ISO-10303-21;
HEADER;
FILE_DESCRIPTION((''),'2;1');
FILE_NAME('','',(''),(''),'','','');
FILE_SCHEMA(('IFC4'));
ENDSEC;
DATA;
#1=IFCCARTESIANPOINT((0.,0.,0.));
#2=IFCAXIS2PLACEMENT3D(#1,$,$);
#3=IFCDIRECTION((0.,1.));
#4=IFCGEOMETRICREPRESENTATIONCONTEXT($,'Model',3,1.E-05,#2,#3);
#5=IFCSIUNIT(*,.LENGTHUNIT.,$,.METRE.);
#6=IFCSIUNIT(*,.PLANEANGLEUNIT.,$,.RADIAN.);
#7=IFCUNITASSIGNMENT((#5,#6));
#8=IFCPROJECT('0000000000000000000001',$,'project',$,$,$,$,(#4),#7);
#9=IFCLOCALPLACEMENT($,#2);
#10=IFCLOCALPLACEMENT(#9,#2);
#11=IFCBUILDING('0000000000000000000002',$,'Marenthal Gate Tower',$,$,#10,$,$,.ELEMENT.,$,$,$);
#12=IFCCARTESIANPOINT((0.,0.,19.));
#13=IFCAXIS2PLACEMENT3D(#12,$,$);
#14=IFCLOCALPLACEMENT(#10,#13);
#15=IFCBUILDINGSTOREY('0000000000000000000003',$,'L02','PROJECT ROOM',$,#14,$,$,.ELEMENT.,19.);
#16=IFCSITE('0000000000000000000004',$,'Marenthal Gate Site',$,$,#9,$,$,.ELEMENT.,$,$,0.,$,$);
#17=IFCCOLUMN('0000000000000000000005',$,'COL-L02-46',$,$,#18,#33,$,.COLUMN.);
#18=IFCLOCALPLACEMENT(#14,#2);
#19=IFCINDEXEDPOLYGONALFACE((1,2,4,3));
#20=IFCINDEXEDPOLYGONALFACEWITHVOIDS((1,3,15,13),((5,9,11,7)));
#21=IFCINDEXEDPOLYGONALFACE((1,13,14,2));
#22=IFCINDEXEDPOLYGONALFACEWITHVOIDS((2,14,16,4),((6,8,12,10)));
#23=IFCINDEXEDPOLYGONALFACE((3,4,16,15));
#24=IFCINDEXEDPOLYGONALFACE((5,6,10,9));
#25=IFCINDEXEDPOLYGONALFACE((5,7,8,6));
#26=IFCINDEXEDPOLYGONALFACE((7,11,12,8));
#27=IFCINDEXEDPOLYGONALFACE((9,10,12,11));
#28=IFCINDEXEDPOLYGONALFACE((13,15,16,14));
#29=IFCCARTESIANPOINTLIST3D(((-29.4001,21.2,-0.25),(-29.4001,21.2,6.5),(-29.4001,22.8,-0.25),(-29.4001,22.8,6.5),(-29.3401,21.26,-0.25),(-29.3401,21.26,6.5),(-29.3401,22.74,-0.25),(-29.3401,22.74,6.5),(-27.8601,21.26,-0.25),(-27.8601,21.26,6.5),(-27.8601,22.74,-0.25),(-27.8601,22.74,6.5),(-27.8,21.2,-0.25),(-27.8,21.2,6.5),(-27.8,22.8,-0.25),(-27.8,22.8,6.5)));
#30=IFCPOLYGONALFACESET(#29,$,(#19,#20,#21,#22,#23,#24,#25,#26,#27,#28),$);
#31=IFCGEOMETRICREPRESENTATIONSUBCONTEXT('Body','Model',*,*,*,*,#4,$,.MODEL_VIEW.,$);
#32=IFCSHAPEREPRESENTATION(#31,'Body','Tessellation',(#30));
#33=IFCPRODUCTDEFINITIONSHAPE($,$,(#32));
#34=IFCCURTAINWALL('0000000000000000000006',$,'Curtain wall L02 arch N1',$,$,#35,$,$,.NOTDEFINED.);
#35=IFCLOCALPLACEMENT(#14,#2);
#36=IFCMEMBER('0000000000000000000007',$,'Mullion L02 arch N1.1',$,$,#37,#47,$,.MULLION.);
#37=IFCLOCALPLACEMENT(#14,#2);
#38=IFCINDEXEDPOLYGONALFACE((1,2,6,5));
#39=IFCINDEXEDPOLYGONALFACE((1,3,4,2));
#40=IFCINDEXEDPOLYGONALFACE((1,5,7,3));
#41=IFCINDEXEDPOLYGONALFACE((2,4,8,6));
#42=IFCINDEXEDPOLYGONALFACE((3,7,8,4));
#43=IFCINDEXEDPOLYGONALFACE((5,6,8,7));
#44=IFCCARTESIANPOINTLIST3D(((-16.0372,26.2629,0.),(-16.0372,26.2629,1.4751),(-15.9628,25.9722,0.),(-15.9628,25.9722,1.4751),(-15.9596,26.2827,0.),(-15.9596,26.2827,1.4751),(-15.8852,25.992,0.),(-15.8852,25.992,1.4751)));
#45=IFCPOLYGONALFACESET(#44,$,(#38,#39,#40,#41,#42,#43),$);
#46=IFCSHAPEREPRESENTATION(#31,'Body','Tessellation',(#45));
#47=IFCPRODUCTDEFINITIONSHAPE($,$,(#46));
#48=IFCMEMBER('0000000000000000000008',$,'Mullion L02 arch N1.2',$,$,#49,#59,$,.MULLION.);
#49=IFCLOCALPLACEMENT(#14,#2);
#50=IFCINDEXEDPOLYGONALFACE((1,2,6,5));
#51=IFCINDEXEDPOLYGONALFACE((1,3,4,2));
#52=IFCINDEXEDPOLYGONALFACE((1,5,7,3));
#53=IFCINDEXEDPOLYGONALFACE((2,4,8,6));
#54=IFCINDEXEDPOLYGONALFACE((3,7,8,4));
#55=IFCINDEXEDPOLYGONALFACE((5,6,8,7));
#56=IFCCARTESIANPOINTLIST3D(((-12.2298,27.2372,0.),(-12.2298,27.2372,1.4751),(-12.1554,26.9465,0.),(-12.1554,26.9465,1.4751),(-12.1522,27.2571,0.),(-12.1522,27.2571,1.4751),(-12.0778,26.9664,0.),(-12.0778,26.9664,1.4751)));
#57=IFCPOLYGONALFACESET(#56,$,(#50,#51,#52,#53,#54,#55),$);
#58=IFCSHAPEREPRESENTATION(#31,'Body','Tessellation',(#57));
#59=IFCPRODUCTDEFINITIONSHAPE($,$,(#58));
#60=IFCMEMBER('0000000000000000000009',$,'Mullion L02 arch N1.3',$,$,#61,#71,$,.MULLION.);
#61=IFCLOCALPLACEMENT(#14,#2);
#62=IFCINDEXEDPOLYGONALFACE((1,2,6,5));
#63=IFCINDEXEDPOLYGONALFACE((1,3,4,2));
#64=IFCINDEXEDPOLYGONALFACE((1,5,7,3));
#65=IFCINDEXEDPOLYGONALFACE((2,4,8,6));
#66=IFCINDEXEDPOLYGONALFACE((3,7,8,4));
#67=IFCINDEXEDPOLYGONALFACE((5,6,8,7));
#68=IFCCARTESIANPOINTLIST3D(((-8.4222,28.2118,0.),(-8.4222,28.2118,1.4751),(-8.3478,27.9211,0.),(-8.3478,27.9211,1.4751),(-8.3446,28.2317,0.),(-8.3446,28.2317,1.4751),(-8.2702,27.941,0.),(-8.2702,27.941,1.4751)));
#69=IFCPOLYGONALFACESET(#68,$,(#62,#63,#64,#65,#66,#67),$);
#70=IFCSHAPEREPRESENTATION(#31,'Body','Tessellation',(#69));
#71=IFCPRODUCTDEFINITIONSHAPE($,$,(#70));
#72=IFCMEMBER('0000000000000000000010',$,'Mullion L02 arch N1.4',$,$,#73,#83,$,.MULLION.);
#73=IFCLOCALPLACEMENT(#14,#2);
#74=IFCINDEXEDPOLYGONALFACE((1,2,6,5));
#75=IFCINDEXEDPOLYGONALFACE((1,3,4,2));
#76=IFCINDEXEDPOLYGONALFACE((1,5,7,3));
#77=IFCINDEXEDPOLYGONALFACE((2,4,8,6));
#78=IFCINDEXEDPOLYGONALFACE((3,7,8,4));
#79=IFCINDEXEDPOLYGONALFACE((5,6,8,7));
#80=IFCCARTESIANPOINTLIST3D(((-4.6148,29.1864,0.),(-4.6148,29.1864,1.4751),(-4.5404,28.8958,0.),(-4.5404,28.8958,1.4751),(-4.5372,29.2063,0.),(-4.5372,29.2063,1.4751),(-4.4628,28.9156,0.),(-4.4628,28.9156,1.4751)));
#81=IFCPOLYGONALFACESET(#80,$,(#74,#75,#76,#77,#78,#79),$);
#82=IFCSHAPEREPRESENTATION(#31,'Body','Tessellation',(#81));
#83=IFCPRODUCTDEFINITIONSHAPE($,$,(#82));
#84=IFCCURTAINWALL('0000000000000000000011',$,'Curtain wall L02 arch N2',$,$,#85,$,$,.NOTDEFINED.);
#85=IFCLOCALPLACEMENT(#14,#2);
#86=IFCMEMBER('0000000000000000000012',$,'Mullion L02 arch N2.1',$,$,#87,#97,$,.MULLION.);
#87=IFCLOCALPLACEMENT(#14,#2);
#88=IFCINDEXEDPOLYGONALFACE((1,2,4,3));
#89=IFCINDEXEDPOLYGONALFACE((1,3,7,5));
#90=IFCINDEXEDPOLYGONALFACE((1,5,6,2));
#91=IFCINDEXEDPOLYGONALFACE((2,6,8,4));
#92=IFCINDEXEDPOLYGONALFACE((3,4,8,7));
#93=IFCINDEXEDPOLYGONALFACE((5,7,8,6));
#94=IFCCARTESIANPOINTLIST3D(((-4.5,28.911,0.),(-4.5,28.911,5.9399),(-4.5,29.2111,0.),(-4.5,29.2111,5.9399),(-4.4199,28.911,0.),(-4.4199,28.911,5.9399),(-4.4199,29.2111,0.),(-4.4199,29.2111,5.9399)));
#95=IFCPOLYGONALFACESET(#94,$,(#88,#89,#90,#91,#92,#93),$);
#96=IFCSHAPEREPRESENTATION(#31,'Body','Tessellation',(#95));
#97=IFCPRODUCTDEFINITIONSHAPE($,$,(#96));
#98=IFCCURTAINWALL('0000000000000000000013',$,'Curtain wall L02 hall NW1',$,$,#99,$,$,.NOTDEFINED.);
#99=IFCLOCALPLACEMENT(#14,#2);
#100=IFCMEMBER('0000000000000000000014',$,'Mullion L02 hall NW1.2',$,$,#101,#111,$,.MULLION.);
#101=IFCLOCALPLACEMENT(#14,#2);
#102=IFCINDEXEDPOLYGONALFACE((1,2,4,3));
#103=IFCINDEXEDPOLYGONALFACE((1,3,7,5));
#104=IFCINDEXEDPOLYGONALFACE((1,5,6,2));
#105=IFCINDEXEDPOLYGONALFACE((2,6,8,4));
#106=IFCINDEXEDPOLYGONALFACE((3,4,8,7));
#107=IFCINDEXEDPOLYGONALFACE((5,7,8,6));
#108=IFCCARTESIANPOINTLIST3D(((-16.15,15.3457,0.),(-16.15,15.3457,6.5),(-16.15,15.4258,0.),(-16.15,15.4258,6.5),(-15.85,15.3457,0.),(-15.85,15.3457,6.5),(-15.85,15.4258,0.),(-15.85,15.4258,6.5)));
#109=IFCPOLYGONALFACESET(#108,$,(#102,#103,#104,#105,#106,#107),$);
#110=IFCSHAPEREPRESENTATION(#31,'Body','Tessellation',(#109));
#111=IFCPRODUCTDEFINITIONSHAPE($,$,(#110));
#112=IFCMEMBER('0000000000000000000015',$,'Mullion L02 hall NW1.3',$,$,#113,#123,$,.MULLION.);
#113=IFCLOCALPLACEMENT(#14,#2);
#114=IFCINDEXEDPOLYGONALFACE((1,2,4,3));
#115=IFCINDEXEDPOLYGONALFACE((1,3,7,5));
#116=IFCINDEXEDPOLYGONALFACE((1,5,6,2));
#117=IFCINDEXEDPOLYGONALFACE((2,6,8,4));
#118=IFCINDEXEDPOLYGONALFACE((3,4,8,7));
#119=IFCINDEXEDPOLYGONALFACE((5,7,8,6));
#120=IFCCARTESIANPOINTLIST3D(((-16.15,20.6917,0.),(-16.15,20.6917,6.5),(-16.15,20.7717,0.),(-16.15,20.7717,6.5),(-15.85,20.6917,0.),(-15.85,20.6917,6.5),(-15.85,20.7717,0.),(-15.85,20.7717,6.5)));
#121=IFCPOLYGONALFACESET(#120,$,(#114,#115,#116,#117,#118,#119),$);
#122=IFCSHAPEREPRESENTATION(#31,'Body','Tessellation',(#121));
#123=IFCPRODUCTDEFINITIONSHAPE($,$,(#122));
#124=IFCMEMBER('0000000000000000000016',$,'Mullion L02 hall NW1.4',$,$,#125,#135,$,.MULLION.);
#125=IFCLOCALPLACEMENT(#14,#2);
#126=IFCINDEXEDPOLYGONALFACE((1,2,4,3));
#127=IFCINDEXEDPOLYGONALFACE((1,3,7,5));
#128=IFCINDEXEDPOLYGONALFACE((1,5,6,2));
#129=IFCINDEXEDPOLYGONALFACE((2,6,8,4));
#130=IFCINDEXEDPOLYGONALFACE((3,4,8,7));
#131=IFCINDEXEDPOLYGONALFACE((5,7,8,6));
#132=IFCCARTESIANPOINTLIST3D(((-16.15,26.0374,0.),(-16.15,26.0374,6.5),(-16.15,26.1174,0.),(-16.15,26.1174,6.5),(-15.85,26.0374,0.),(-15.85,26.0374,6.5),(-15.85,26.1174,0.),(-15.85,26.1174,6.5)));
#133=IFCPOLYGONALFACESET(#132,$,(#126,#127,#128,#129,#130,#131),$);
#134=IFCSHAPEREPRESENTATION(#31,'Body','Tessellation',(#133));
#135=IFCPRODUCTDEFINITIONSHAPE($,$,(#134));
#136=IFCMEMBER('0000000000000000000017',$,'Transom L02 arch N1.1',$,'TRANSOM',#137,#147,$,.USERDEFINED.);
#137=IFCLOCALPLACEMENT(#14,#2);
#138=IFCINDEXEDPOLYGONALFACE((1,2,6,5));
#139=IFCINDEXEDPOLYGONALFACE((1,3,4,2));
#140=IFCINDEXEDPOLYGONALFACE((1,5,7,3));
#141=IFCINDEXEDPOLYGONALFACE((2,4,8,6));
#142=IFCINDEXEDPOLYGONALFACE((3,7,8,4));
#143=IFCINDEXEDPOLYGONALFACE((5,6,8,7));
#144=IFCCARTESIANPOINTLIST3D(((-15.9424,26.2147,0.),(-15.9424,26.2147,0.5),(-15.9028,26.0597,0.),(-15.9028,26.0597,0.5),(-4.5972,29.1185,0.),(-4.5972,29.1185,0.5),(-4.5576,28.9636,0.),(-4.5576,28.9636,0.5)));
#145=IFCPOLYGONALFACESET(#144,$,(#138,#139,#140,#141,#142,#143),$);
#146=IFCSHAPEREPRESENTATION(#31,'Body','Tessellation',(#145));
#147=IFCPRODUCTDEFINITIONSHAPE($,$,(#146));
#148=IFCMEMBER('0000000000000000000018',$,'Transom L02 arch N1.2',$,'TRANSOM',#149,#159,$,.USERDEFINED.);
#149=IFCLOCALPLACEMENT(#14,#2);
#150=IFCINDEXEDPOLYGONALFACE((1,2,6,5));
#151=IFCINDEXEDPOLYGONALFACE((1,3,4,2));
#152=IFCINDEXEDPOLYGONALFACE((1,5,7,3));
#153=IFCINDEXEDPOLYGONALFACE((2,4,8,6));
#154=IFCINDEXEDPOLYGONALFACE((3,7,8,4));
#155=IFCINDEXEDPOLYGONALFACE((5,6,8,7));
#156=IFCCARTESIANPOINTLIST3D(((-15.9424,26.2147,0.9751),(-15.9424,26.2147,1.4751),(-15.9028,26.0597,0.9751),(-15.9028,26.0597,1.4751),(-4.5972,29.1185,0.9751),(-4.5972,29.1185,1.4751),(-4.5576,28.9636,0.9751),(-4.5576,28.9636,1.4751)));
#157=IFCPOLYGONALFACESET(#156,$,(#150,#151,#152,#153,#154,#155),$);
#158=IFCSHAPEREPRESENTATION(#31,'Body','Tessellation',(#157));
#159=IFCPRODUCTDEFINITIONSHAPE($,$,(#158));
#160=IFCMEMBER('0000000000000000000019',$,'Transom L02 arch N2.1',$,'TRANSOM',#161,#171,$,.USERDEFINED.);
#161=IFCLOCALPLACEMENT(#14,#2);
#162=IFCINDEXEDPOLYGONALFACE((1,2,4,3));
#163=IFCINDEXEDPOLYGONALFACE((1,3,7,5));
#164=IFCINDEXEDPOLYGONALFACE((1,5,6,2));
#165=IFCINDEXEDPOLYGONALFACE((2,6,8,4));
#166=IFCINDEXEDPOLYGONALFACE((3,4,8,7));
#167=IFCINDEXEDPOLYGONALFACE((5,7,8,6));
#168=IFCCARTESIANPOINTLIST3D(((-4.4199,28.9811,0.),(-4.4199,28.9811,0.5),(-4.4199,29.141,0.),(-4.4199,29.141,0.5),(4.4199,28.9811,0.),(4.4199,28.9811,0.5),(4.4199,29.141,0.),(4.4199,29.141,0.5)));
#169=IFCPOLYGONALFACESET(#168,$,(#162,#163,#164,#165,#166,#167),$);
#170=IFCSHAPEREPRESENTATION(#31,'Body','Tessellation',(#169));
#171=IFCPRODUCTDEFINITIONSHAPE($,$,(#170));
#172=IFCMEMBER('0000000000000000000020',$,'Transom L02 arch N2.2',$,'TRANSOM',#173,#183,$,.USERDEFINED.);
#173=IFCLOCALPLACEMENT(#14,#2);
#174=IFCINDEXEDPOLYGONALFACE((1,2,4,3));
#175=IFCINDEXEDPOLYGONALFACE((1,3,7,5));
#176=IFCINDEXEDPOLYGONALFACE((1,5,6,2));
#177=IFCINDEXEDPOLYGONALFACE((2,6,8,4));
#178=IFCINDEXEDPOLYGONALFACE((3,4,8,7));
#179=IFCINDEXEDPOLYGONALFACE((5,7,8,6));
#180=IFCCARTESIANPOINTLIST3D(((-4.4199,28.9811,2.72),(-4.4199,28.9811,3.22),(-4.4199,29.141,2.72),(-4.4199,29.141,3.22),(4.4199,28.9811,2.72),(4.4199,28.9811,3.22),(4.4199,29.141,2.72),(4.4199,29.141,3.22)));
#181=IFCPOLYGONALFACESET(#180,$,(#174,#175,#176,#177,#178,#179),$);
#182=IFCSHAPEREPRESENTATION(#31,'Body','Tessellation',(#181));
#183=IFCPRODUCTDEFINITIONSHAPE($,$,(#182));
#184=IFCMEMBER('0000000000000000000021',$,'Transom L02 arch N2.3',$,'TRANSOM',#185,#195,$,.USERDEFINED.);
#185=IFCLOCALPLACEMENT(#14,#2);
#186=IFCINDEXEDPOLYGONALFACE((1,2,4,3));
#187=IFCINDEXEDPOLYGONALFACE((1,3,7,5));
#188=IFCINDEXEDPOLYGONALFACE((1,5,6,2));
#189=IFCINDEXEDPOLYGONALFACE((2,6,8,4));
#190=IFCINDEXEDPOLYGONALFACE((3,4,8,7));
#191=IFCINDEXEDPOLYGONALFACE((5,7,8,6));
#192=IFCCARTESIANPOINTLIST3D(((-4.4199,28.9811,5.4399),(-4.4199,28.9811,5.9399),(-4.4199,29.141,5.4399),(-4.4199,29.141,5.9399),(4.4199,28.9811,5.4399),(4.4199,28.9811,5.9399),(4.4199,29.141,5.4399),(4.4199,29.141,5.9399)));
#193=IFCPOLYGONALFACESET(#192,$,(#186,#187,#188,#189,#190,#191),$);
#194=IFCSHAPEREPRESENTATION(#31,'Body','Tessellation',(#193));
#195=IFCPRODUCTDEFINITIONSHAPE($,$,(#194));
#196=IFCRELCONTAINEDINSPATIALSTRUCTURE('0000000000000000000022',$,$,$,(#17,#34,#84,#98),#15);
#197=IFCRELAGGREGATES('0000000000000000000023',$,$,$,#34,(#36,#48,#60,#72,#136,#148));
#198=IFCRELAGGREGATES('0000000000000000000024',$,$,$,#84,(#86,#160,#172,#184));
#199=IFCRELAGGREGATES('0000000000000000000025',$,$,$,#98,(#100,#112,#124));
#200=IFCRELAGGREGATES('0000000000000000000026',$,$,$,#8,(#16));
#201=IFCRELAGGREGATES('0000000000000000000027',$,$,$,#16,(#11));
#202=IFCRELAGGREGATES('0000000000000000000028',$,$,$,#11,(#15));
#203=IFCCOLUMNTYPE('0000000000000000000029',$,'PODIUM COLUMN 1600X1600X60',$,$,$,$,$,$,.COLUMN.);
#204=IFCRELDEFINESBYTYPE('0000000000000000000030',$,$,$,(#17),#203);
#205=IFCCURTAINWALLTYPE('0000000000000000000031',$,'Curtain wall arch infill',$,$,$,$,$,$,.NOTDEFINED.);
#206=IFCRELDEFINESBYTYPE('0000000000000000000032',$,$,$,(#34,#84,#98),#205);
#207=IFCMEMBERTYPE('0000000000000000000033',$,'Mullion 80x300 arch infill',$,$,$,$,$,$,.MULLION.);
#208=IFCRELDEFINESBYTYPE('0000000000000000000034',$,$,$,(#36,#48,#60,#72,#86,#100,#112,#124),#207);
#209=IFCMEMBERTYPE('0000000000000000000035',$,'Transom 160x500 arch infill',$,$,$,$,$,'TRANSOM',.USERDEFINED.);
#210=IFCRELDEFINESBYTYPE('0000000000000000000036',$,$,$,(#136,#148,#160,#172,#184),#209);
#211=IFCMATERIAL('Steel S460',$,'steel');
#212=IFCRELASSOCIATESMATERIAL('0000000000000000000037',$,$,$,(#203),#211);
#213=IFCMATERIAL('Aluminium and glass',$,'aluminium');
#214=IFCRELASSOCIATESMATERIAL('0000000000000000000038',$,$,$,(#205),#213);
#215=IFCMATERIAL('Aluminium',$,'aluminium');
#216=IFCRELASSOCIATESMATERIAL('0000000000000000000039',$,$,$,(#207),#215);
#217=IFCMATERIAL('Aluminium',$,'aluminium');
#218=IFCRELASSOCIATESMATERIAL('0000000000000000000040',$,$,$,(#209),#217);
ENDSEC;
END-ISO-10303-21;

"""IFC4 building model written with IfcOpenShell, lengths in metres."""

from ifc_helpers import new_model, si_unit, direction, frame, origin, origin_2d, place, context, subcontext, project, spatial, rectangle, hollow_rectangle, extrude, material, material_profile, profile_set, type_object, element, aggregate, save


model = new_model("IFC4")

# Units and contexts
model_context = context("Model", 3, precision=1e-05, world=origin(), true_north=direction((0.0, 1.0)))
body_context = subcontext(model_context, "Body", "Model", "MODEL_VIEW")
ifc_project = project(units=[si_unit("LENGTHUNIT", "METRE"), si_unit("PLANEANGLEUNIT", "RADIAN")], contexts=[model_context])

# Site, building, storey
site_placement = place(None, origin())
site = spatial("IfcSite", under=ifc_project, at=site_placement, Name="Marenthal Gate Site", CompositionType="ELEMENT", RefElevation=0.0)
building_placement = place(site_placement, origin())
building = spatial("IfcBuilding", under=site, at=building_placement, Name="Marenthal Gate Tower", CompositionType="ELEMENT")
storey_placement = place(building_placement, frame((0.0, 0.0, 19.0)))
storey = spatial("IfcBuildingStorey", under=building, at=storey_placement, Name="L02", Description="PROJECT ROOM", CompositionType="ELEMENT", Elevation=19.0)

# Column
ifc_material_1 = material(Name="Steel S460", Category="steel")
ifc_material_profile_1 = material_profile(ifc_material_1, hollow_rectangle(XDim=1.6001, YDim=1.6001, WallThickness=0.0601, at=origin_2d()), Name="CFT BOX 1600X1600X60")
ifc_material_2 = material(Name="Concrete 70 MPa", Category="concrete")
ifc_material_profile_2 = material_profile(ifc_material_2, rectangle(XDim=1.48, YDim=1.48, at=origin_2d()), Name="CFT BOX 1600X1600X60 INFILL")
ifc_profile_set_1 = profile_set([ifc_material_profile_1, ifc_material_profile_2], Name="Steel S460 shell, Concrete 70 MPa infill")
column_type = type_object("IfcColumnType", Name="PODIUM COLUMN 1600X1600X60", PredefinedType="COLUMN", material=ifc_profile_set_1)
column_placement = place(storey_placement, frame((-28.6001, 22.0, -0.25), z_axis=(0.0, 0.0, 1.0), x_axis=(1.0, 0.0, 0.0)))
element("IfcColumn", 1, at=column_placement, inside=storey, type_object=column_type, Name="COL-L02-46", PredefinedType="COLUMN", context=body_context, shape_type="SweptSolid", body=[
    extrude(hollow_rectangle(XDim=1.6001, YDim=1.6001, WallThickness=0.0601, at=origin_2d()), origin(), (0.0, 0.0, 1.0), 6.75),
])

# Curtain wall, members
ifc_material_3 = material(Name="Aluminium and glass", Category="aluminium")
curtain_wall_type = type_object("IfcCurtainWallType", Name="Curtain wall arch infill", PredefinedType="NOTDEFINED", material=ifc_material_3)
curtain_wall_1_placement = place(storey_placement, origin())
curtain_wall_1 = element("IfcCurtainWall", 2, at=curtain_wall_1_placement, inside=storey, type_object=curtain_wall_type, Name="Curtain wall L02 arch N1", PredefinedType="NOTDEFINED")
ifc_material_4 = material(Name="Aluminium", Category="aluminium")
ifc_material_profile_3 = material_profile(ifc_material_4, rectangle(XDim=0.3, YDim=0.0801, at=origin_2d()), Name="80x300 aluminium mullion")
ifc_profile_set_2 = profile_set([ifc_material_profile_3], Name="Aluminium")
member_type_1 = type_object("IfcMemberType", Name="Mullion 80x300 arch infill", PredefinedType="MULLION", material=ifc_profile_set_2)
member_1_placement = place(storey_placement, frame((-15.9612, 26.1274, 0.0), z_axis=(0.0, 0.0, 1.0), x_axis=(-0.247965, 0.968769, 0.0)))
member_1 = element("IfcMember", 3, at=member_1_placement, type_object=member_type_1, Name="Mullion L02 arch N1.1", PredefinedType="MULLION", context=body_context, shape_type="SweptSolid", body=[
    extrude(rectangle(XDim=0.3, YDim=0.0801, at=origin_2d()), origin(), (0.0, 0.0, 1.0), 1.4751),
])
member_2_placement = place(storey_placement, frame((-12.1538, 27.1018, 0.0), z_axis=(0.0, 0.0, 1.0), x_axis=(-0.247965, 0.968769, 0.0)))
member_2 = element("IfcMember", 4, at=member_2_placement, type_object=member_type_1, Name="Mullion L02 arch N1.2", PredefinedType="MULLION", context=body_context, shape_type="SweptSolid", body=[
    extrude(rectangle(XDim=0.3, YDim=0.0801, at=origin_2d()), origin(), (0.0, 0.0, 1.0), 1.4751),
])
member_3_placement = place(storey_placement, frame((-8.3462, 28.0764, 0.0), z_axis=(0.0, 0.0, 1.0), x_axis=(-0.247965, 0.968769, 0.0)))
member_3 = element("IfcMember", 5, at=member_3_placement, type_object=member_type_1, Name="Mullion L02 arch N1.3", PredefinedType="MULLION", context=body_context, shape_type="SweptSolid", body=[
    extrude(rectangle(XDim=0.3, YDim=0.0801, at=origin_2d()), origin(), (0.0, 0.0, 1.0), 1.4751),
])
member_4_placement = place(storey_placement, frame((-4.5388, 29.051, 0.0), z_axis=(0.0, 0.0, 1.0), x_axis=(-0.247965, 0.968769, 0.0)))
member_4 = element("IfcMember", 6, at=member_4_placement, type_object=member_type_1, Name="Mullion L02 arch N1.4", PredefinedType="MULLION", context=body_context, shape_type="SweptSolid", body=[
    extrude(rectangle(XDim=0.3, YDim=0.0801, at=origin_2d()), origin(), (0.0, 0.0, 1.0), 1.4751),
])

# Curtain wall, member
curtain_wall_2_placement = place(storey_placement, origin())
curtain_wall_2 = element("IfcCurtainWall", 7, at=curtain_wall_2_placement, inside=storey, type_object=curtain_wall_type, Name="Curtain wall L02 arch N2", PredefinedType="NOTDEFINED")
member_5_placement = place(storey_placement, frame((-4.46, 29.061, 0.0), z_axis=(0.0, 0.0, 1.0), x_axis=(0.0, 1.0, 0.0)))
member_5 = element("IfcMember", 8, at=member_5_placement, type_object=member_type_1, Name="Mullion L02 arch N2.1", PredefinedType="MULLION", context=body_context, shape_type="SweptSolid", body=[
    extrude(rectangle(XDim=0.3, YDim=0.0801, at=origin_2d()), origin(), (0.0, 0.0, 1.0), 5.9399),
])

# Curtain wall, members
curtain_wall_3_placement = place(storey_placement, origin())
curtain_wall_3 = element("IfcCurtainWall", 9, at=curtain_wall_3_placement, inside=storey, type_object=curtain_wall_type, Name="Curtain wall L02 hall NW1", PredefinedType="NOTDEFINED")
member_6_placement = place(storey_placement, frame((-16.0, 15.3857, 0.0), z_axis=(0.0, 0.0, 1.0), x_axis=(-1.0, 0.0, 0.0)))
member_6 = element("IfcMember", 10, at=member_6_placement, type_object=member_type_1, Name="Mullion L02 hall NW1.2", PredefinedType="MULLION", context=body_context, shape_type="SweptSolid", body=[
    extrude(rectangle(XDim=0.3, YDim=0.0801, at=origin_2d()), origin(), (0.0, 0.0, 1.0), 6.5),
])
member_7_placement = place(storey_placement, frame((-16.0, 20.7317, 0.0), z_axis=(0.0, 0.0, 1.0), x_axis=(-1.0, 0.0, 0.0)))
member_7 = element("IfcMember", 11, at=member_7_placement, type_object=member_type_1, Name="Mullion L02 hall NW1.3", PredefinedType="MULLION", context=body_context, shape_type="SweptSolid", body=[
    extrude(rectangle(XDim=0.3, YDim=0.0801, at=origin_2d()), origin(), (0.0, 0.0, 1.0), 6.5),
])
member_8_placement = place(storey_placement, frame((-16.0, 26.0774, 0.0), z_axis=(0.0, 0.0, 1.0), x_axis=(-1.0, 0.0, 0.0)))
member_8 = element("IfcMember", 12, at=member_8_placement, type_object=member_type_1, Name="Mullion L02 hall NW1.4", PredefinedType="MULLION", context=body_context, shape_type="SweptSolid", body=[
    extrude(rectangle(XDim=0.3, YDim=0.0801, at=origin_2d()), origin(), (0.0, 0.0, 1.0), 6.5),
])

# Members
ifc_material_5 = material(Name="Aluminium", Category="aluminium")
ifc_material_profile_4 = material_profile(ifc_material_5, rectangle(XDim=0.1599, YDim=0.5, at=origin_2d()), Name="160x500 aluminium transom")
ifc_profile_set_3 = profile_set([ifc_material_profile_4], Name="Aluminium")
member_type_2 = type_object("IfcMemberType", Name="Transom 160x500 arch infill", ElementType="TRANSOM", PredefinedType="USERDEFINED", material=ifc_profile_set_3)
member_9_placement = place(storey_placement, frame((-15.9226, 26.1372, 0.25), z_axis=(0.968771, 0.247957, 0.0), x_axis=(-0.247957, 0.968771, 0.0)))
member_9 = element("IfcMember", 13, at=member_9_placement, type_object=member_type_2, Name="Transom L02 arch N1.1", ObjectType="TRANSOM", PredefinedType="USERDEFINED", context=body_context, shape_type="SweptSolid", body=[
    extrude(rectangle(XDim=0.1599, YDim=0.5, at=origin_2d()), origin(), (0.0, 0.0, 1.0), 11.7109),
])
member_10_placement = place(storey_placement, frame((-15.9226, 26.1372, 1.2251), z_axis=(0.968771, 0.247957, 0.0), x_axis=(-0.247957, 0.968771, 0.0)))
member_10 = element("IfcMember", 14, at=member_10_placement, type_object=member_type_2, Name="Transom L02 arch N1.2", ObjectType="TRANSOM", PredefinedType="USERDEFINED", context=body_context, shape_type="SweptSolid", body=[
    extrude(rectangle(XDim=0.1599, YDim=0.5, at=origin_2d()), origin(), (0.0, 0.0, 1.0), 11.7109),
])
member_11_placement = place(storey_placement, frame((-4.4199, 29.061, 0.25), z_axis=(1.0, 0.0, 0.0), x_axis=(0.0, 1.0, 0.0)))
member_11 = element("IfcMember", 15, at=member_11_placement, type_object=member_type_2, Name="Transom L02 arch N2.1", ObjectType="TRANSOM", PredefinedType="USERDEFINED", context=body_context, shape_type="SweptSolid", body=[
    extrude(rectangle(XDim=0.1599, YDim=0.5, at=origin_2d()), origin(), (0.0, 0.0, 1.0), 8.8398),
])
member_12_placement = place(storey_placement, frame((-4.4199, 29.061, 2.97), z_axis=(1.0, 0.0, 0.0), x_axis=(0.0, 1.0, 0.0)))
member_12 = element("IfcMember", 16, at=member_12_placement, type_object=member_type_2, Name="Transom L02 arch N2.2", ObjectType="TRANSOM", PredefinedType="USERDEFINED", context=body_context, shape_type="SweptSolid", body=[
    extrude(rectangle(XDim=0.1599, YDim=0.5, at=origin_2d()), origin(), (0.0, 0.0, 1.0), 8.8398),
])
member_13_placement = place(storey_placement, frame((-4.4199, 29.061, 5.6899), z_axis=(1.0, 0.0, 0.0), x_axis=(0.0, 1.0, 0.0)))
member_13 = element("IfcMember", 17, at=member_13_placement, type_object=member_type_2, Name="Transom L02 arch N2.3", ObjectType="TRANSOM", PredefinedType="USERDEFINED", context=body_context, shape_type="SweptSolid", body=[
    extrude(rectangle(XDim=0.1599, YDim=0.5, at=origin_2d()), origin(), (0.0, 0.0, 1.0), 8.8398),
])

aggregate(curtain_wall_1, [member_1, member_2, member_3, member_4, member_9, member_10])
aggregate(curtain_wall_2, [member_5, member_11, member_12, member_13])
aggregate(curtain_wall_3, [member_6, member_7, member_8])

save(model, "model.ifc")
